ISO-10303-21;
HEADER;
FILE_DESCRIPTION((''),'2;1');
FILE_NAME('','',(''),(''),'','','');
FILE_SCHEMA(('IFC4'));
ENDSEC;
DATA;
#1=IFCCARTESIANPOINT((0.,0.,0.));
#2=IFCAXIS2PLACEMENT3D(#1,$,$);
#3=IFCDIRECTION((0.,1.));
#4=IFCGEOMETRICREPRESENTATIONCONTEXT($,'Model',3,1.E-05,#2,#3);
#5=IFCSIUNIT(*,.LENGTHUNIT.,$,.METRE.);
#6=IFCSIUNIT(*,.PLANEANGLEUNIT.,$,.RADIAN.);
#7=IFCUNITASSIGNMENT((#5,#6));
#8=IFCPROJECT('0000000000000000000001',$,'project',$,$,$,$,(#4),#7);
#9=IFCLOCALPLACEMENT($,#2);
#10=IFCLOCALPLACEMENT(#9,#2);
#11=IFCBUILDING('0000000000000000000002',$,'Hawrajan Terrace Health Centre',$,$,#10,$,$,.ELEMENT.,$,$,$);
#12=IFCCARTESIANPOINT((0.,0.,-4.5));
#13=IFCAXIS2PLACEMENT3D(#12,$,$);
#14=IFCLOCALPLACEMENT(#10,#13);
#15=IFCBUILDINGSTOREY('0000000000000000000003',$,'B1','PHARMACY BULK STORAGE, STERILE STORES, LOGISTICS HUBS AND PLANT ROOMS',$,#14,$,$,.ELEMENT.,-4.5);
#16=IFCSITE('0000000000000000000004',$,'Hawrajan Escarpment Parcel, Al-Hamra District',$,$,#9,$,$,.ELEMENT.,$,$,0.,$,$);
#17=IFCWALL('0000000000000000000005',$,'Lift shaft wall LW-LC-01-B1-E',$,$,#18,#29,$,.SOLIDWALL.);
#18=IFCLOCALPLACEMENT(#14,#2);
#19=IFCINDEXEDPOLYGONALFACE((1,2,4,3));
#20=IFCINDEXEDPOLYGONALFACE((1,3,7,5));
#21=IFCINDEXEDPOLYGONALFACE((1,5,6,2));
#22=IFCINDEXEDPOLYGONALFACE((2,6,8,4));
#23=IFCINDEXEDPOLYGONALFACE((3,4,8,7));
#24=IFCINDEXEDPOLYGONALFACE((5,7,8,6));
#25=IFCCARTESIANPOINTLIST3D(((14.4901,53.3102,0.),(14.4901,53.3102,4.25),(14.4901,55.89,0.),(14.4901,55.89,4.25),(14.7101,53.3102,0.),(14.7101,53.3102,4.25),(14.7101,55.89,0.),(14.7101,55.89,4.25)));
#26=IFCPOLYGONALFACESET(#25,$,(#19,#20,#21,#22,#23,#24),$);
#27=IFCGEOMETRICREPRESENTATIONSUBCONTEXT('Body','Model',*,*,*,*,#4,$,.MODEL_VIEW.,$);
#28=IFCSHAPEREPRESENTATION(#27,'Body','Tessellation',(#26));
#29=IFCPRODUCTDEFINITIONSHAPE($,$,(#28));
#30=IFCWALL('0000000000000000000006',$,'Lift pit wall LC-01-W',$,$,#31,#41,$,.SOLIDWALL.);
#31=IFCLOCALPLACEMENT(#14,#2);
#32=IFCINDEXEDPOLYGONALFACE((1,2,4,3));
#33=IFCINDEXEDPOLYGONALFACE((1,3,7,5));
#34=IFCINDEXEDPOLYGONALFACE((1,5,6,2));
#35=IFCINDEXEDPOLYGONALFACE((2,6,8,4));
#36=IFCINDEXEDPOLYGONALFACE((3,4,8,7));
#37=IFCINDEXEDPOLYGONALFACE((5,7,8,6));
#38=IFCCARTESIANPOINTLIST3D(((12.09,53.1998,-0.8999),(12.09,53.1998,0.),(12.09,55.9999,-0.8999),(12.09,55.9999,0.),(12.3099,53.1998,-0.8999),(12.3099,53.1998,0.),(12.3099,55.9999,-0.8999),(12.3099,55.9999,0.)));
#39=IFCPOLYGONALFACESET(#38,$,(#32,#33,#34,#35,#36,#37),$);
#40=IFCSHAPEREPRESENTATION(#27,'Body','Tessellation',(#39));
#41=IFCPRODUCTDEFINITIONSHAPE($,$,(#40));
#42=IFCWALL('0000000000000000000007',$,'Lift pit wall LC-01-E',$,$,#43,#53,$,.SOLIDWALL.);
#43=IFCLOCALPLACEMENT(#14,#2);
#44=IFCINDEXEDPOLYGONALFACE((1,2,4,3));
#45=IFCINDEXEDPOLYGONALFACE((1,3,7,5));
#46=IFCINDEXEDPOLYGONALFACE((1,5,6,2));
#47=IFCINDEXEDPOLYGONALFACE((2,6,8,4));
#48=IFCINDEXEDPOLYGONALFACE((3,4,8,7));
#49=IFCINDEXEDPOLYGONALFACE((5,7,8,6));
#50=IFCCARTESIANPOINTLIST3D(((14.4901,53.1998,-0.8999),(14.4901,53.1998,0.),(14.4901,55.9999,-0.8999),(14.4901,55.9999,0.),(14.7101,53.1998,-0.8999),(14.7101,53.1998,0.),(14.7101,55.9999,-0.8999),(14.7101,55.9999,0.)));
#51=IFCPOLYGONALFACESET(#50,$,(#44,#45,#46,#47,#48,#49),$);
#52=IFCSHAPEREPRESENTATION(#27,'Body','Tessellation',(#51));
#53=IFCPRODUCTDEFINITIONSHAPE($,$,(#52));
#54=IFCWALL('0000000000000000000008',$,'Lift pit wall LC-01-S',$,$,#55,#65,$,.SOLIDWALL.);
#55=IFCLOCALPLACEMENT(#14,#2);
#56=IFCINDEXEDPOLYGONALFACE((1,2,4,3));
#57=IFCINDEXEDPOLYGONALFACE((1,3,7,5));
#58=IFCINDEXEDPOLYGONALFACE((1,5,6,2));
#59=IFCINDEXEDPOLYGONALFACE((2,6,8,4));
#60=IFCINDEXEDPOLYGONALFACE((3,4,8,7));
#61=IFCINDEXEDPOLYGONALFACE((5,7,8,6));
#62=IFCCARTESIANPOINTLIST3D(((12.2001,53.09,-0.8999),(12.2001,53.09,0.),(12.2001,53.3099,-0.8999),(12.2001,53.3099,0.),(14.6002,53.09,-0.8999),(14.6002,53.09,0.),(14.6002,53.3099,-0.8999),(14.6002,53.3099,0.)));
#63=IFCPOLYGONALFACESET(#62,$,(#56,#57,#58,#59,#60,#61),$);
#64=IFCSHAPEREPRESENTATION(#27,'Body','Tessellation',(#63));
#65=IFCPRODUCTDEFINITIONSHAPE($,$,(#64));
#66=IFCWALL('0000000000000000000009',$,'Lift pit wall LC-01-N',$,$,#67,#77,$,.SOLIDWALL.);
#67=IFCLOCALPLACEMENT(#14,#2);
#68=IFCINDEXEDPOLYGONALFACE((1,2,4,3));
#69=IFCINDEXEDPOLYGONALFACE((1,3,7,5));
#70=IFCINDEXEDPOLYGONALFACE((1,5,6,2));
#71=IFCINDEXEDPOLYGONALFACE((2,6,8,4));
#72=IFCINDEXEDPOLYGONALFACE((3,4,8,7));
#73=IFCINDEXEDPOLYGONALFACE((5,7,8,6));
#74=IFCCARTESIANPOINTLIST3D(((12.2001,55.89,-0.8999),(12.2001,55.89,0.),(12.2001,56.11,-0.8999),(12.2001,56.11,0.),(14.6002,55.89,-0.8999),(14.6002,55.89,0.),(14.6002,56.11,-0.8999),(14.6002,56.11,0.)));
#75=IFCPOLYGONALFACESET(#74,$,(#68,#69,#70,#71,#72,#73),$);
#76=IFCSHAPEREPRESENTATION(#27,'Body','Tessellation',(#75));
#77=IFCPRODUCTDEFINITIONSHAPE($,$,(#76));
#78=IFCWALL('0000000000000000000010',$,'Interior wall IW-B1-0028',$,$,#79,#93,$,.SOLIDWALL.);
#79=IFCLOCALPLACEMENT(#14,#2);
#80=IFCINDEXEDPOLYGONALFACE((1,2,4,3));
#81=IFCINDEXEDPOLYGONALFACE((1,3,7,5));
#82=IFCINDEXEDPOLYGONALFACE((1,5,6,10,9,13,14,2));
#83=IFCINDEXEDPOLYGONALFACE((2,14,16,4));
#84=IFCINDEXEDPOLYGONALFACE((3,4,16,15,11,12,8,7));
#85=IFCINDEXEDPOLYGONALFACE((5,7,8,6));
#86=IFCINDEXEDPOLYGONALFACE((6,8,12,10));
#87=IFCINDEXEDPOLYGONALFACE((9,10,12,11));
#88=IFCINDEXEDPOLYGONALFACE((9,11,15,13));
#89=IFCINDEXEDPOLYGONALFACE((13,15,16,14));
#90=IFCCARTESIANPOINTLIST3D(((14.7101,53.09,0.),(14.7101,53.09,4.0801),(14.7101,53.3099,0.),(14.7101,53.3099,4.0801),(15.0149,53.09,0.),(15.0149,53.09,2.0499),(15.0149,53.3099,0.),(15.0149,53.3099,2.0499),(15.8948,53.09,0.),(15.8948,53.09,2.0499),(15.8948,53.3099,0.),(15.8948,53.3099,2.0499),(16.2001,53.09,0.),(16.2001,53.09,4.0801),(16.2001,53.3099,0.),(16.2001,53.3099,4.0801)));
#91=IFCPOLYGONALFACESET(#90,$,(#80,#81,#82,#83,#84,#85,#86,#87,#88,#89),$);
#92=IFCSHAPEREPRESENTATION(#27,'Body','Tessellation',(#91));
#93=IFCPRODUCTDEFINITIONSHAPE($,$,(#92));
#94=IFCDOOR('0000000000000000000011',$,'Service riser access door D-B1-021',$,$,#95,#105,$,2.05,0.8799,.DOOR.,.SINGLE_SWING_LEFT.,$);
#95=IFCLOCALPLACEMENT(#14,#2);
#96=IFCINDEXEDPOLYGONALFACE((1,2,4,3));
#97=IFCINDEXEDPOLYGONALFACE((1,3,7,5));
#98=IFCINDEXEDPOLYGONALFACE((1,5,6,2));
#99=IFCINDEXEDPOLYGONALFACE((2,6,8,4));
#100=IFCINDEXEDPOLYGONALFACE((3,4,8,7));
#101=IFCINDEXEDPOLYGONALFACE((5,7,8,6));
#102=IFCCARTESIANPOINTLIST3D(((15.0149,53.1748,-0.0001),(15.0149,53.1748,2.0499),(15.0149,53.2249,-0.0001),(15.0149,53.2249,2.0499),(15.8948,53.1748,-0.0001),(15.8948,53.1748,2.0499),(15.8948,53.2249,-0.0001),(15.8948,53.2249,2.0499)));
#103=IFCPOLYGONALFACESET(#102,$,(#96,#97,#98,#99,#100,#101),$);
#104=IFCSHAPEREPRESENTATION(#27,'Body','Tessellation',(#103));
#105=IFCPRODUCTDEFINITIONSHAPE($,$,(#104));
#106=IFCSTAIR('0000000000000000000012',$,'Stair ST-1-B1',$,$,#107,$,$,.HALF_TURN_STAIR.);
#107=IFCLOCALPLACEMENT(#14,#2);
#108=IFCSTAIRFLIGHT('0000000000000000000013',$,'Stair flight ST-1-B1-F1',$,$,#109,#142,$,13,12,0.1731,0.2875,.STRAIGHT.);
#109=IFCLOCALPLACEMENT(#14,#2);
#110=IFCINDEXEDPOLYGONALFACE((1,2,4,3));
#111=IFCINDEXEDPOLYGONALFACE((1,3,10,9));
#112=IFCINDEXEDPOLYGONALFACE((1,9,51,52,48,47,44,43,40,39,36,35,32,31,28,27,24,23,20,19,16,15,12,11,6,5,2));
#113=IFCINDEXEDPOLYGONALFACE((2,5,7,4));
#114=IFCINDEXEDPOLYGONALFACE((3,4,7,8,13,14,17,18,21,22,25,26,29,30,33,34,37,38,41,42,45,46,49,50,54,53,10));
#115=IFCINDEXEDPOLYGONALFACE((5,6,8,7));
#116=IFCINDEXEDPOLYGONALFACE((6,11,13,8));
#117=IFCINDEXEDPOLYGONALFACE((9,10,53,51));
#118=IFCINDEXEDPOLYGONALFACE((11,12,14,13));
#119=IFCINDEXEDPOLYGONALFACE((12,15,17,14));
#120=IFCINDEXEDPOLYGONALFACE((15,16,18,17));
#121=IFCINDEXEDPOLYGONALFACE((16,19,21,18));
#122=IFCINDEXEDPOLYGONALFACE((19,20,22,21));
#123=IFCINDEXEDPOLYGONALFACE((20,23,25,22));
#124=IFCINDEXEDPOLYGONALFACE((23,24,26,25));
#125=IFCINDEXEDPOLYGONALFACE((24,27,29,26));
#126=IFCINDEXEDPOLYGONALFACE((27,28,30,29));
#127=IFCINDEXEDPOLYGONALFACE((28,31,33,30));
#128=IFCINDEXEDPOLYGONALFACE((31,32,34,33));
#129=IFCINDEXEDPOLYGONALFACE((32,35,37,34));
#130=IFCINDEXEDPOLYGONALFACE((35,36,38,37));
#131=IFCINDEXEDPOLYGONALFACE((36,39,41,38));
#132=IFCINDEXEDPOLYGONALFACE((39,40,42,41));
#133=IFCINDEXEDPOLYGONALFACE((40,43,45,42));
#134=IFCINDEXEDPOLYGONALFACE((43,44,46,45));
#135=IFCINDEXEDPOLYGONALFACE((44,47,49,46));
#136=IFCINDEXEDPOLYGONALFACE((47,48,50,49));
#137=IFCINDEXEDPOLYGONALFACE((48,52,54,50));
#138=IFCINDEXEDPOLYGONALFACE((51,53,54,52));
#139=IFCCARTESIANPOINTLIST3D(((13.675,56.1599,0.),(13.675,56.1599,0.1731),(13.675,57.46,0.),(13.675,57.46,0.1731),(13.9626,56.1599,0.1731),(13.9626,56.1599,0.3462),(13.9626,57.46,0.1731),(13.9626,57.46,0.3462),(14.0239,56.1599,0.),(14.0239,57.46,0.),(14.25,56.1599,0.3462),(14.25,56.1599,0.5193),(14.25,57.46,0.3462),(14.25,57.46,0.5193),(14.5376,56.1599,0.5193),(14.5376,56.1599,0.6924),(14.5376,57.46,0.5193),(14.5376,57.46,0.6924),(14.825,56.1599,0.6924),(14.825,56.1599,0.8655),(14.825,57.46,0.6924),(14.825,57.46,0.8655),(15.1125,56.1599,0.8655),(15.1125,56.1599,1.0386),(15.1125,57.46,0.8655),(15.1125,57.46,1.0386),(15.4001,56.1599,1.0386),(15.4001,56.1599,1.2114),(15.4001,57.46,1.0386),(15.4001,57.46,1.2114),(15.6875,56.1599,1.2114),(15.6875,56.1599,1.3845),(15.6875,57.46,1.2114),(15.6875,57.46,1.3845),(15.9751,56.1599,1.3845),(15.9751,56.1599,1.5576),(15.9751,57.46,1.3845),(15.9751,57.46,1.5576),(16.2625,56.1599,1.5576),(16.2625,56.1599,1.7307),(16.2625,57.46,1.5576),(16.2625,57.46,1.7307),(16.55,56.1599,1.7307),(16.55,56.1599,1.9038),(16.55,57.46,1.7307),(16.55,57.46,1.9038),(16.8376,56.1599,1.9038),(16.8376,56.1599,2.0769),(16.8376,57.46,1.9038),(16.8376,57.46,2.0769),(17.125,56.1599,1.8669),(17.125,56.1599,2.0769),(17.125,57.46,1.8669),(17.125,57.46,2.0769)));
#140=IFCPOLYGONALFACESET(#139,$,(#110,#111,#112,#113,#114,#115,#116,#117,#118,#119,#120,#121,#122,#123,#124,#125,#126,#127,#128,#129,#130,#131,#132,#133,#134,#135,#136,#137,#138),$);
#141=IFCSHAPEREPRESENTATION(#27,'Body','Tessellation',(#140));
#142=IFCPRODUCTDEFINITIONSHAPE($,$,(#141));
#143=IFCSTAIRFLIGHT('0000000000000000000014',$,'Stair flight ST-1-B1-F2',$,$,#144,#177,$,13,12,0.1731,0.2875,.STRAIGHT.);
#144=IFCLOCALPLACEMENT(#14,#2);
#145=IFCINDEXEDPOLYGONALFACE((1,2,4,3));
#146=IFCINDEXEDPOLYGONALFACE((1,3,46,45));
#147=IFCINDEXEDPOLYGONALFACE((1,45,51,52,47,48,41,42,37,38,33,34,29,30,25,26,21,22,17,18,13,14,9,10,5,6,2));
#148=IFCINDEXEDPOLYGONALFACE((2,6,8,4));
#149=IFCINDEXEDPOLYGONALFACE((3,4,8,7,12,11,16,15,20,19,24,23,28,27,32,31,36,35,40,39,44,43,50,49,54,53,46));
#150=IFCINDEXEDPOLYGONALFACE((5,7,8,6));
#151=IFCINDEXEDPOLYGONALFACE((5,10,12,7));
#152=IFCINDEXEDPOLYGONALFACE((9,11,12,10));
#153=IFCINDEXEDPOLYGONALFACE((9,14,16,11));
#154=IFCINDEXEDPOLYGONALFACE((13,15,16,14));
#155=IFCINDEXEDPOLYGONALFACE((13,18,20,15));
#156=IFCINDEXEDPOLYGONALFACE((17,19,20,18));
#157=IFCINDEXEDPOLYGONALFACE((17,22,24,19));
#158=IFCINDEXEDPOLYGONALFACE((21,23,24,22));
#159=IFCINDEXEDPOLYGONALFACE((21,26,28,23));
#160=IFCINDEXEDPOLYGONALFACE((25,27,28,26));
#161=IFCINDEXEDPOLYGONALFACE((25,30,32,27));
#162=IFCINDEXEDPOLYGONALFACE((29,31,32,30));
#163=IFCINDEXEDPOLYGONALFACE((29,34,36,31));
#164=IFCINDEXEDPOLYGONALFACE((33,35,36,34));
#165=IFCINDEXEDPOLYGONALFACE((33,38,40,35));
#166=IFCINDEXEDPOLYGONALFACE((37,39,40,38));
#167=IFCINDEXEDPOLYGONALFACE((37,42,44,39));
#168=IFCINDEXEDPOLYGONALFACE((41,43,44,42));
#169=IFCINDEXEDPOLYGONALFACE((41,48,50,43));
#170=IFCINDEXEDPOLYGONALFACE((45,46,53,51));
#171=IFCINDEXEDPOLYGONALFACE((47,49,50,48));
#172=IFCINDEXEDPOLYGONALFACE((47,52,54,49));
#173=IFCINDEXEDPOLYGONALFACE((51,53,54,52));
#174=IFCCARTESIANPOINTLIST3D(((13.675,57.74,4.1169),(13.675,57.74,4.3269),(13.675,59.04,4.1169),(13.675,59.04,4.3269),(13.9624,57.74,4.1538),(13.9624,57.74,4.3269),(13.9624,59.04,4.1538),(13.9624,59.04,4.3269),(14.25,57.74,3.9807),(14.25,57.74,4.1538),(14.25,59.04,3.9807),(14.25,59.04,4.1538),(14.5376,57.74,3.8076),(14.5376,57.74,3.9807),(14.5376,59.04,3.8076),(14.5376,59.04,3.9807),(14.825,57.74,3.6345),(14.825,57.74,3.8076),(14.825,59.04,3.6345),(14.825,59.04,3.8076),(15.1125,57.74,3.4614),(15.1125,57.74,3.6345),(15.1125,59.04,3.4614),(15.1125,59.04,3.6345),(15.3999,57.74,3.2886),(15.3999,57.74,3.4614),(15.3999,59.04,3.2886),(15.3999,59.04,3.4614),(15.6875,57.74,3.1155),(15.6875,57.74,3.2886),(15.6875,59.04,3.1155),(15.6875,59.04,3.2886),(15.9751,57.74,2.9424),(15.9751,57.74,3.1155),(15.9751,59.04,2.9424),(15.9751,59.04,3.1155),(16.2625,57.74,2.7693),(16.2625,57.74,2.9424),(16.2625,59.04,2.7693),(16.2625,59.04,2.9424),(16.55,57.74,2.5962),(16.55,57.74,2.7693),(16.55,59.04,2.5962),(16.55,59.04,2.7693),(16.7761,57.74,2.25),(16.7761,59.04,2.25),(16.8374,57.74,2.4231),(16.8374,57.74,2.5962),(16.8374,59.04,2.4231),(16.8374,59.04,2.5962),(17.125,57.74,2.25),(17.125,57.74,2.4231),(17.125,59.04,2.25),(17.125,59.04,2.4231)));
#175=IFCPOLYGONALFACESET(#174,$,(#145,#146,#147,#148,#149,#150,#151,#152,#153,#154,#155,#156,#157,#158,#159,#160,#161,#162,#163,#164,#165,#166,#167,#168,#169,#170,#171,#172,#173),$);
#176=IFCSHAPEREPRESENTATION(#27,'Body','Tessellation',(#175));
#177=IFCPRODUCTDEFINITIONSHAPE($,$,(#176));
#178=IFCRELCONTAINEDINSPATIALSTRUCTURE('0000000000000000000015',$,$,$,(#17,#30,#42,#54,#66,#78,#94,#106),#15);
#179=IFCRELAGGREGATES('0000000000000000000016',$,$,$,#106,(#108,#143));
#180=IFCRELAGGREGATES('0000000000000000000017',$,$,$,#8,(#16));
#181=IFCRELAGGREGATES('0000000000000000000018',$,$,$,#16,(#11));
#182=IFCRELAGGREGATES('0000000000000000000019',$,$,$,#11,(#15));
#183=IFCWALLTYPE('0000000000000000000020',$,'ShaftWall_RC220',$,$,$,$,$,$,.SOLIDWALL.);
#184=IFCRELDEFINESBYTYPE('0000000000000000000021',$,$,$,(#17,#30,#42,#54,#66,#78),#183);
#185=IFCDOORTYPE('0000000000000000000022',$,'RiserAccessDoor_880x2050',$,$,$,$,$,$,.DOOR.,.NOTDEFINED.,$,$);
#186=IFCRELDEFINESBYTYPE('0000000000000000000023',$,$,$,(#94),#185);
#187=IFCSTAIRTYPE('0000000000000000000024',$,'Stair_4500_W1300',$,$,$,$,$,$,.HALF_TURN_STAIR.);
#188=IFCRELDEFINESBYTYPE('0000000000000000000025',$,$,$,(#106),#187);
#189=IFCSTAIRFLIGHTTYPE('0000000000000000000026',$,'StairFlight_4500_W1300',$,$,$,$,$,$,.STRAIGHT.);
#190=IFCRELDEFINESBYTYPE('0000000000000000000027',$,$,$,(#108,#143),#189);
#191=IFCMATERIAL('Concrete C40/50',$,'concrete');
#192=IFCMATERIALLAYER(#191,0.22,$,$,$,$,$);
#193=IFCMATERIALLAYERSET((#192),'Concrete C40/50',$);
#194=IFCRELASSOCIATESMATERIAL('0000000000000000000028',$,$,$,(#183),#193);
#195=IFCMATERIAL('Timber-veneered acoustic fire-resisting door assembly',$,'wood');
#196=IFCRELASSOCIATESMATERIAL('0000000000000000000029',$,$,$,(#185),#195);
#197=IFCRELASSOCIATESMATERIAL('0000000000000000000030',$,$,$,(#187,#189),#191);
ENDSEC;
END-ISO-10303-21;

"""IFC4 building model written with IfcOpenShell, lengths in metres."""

from ifc_helpers import new_model, si_unit, direction, frame, frame_2d, origin, place, context, subcontext, project, spatial, polyline, rectangle, outline, extrude, material, layer, layer_set, type_object, element, fill, aggregate, save


model = new_model("IFC4")

# Units and contexts
model_context = context("Model", 3, precision=1e-05, world=origin(), true_north=direction((0.0, 1.0)))
body_context = subcontext(model_context, "Body", "Model", "MODEL_VIEW")
ifc_project = project(units=[si_unit("LENGTHUNIT", "METRE"), si_unit("PLANEANGLEUNIT", "RADIAN")], contexts=[model_context])

# Site, building, storey
site_placement = place(None, origin())
site = spatial("IfcSite", under=ifc_project, at=site_placement, Name="Hawrajan Escarpment Parcel, Al-Hamra District", CompositionType="ELEMENT", RefElevation=0.0)
building_placement = place(site_placement, origin())
building = spatial("IfcBuilding", under=site, at=building_placement, Name="Hawrajan Terrace Health Centre", CompositionType="ELEMENT")
storey_placement = place(building_placement, frame((0.0, 0.0, -4.5)))
storey = spatial("IfcBuildingStorey", under=building, at=storey_placement, Name="B1", Description="PHARMACY BULK STORAGE, STERILE STORES, LOGISTICS HUBS AND PLANT ROOMS", CompositionType="ELEMENT", Elevation=-4.5)

# Shared definitions
ifc_material_1 = material(Name="Concrete C40/50", Category="concrete")

# Shared definitions
ifc_material_2 = material(Name="Timber-veneered acoustic fire-resisting door assembly", Category="wood")

# Shared definitions
ifc_layer_1 = layer(ifc_material_1, 0.22)
ifc_layer_set_1 = layer_set([ifc_layer_1], Name="Concrete C40/50")
wall_type_1 = type_object("IfcWallType", Name="ShaftWall_RC220", PredefinedType="SOLIDWALL", material=ifc_layer_set_1)

# Walls
wall_1_placement = place(storey_placement, frame((14.6001, 53.3101, 0.0), z_axis=(0.0, 0.0, 1.0), x_axis=(0.0, 1.0, 0.0)))
element("IfcWall", 1, at=wall_1_placement, inside=storey, type_object=wall_type_1, Name="Lift shaft wall LW-LC-01-B1-E", PredefinedType="SOLIDWALL", context=body_context, shape_type="SweptSolid", body=[
    extrude(rectangle(XDim=2.5798, YDim=0.22, at=frame_2d((1.29, 0.0))), origin(), (0.0, 0.0, 1.0), 4.25),
])
for number, where, z_axis, x_axis, name in (
    (2, (12.2, 53.2, -0.8999), (0.0, 0.0, 1.0), (0.0, 1.0, 0.0), "Lift pit wall LC-01-W"),
    (3, (14.6001, 53.2, -0.8999), (0.0, 0.0, 1.0), (0.0, 1.0, 0.0), "Lift pit wall LC-01-E"),
):
    element("IfcWall", number, at=place(storey_placement, frame(where, z_axis=z_axis, x_axis=x_axis)), inside=storey, type_object=wall_type_1, Name=name, PredefinedType="SOLIDWALL", context=body_context, shape_type="SweptSolid", body=[
        extrude(rectangle(XDim=2.8, YDim=0.22, at=frame_2d((1.3999, 0.0))), origin(), (0.0, 0.0, 1.0), 0.8999),
    ])
for number, where, z_axis, x_axis, name in (
    (4, (12.2, 53.2, -0.8999), (0.0, 0.0, 1.0), (1.0, 0.0, 0.0), "Lift pit wall LC-01-S"),
    (5, (12.2, 56.0, -0.8999), (0.0, 0.0, 1.0), (1.0, 0.0, 0.0), "Lift pit wall LC-01-N"),
):
    element("IfcWall", number, at=place(storey_placement, frame(where, z_axis=z_axis, x_axis=x_axis)), inside=storey, type_object=wall_type_1, Name=name, PredefinedType="SOLIDWALL", context=body_context, shape_type="SweptSolid", body=[
        extrude(rectangle(XDim=2.4001, YDim=0.22, at=frame_2d((1.2002, 0.0))), origin(), (0.0, 0.0, 1.0), 0.8999),
    ])

# Wall, opening, door
wall_2_placement = place(storey_placement, frame((14.71, 53.2, 0.0), z_axis=(0.0, 0.0, 1.0), x_axis=(1.0, 0.0, 0.0)))
wall_2 = element("IfcWall", 6, at=wall_2_placement, inside=storey, type_object=wall_type_1, Name="Interior wall IW-B1-0028", PredefinedType="SOLIDWALL", context=body_context, shape_type="SweptSolid", body=[
    extrude(rectangle(XDim=1.49, YDim=0.22, at=frame_2d((0.7451, 0.0))), origin(), (0.0, 0.0, 1.0), 4.0801),
])
opening_1_placement = place(wall_2_placement, frame((0.3049, 0.0, 0.0)))
opening_1 = element("IfcOpeningElement", 7, at=opening_1_placement, cuts=wall_2, PredefinedType="OPENING", context=body_context, shape_type="SweptSolid", body=[
    extrude(rectangle(XDim=0.8799, YDim=2.05, at=frame_2d((0.4399, 1.0249))), frame((0.0, 0.1199, 0.0), z_axis=(0.0, -1.0, 0.0), x_axis=(1.0, 0.0, 0.0)), (0.0, 0.0, 1.0), 0.24),
])
door_type_1 = type_object("IfcDoorType", Name="RiserAccessDoor_880x2050", OperationType="NOTDEFINED", PredefinedType="DOOR", material=ifc_material_2)
door_1_placement = place(opening_1_placement, origin())
door_1 = element("IfcDoor", 8, at=door_1_placement, inside=storey, type_object=door_type_1, Name="Service riser access door D-B1-021", OperationType="SINGLE_SWING_LEFT", OverallHeight=2.05, OverallWidth=0.8799, PredefinedType="DOOR", context=body_context, shape_type="SweptSolid", body=[
    extrude(rectangle(XDim=0.8799, YDim=2.05, at=frame_2d((0.4399, 1.0249))), frame((0.0, 0.0249, 0.0), z_axis=(0.0, -1.0, 0.0), x_axis=(1.0, 0.0, 0.0)), (0.0, 0.0, 1.0), 0.05),
])
fill(opening_1, door_1)

# Stair, stair flights
stair_type = type_object("IfcStairType", Name="Stair_4500_W1300", PredefinedType="HALF_TURN_STAIR", material=ifc_material_1)
stair_placement = place(storey_placement, origin())
stair = element("IfcStair", 9, at=stair_placement, inside=storey, type_object=stair_type, Name="Stair ST-1-B1", PredefinedType="HALF_TURN_STAIR")
stair_flight_type = type_object("IfcStairFlightType", Name="StairFlight_4500_W1300", PredefinedType="STRAIGHT", material=ifc_material_1)
stair_flight_1_placement = place(storey_placement, frame((13.675, 56.8101, 0.0), z_axis=(0.0, 0.0, 1.0), x_axis=(1.0, 0.0, 0.0)))
stair_flight_1 = element("IfcStairFlight", 10, at=stair_flight_1_placement, type_object=stair_flight_type, Name="Stair flight ST-1-B1-F1", NumberOfRisers=13, NumberOfTreads=12, PredefinedType="STRAIGHT", RiserHeight=0.1731, TreadLength=0.2875, context=body_context, shape_type="SweptSolid", body=[
    extrude(outline(polyline([(0.0, 0.0), (0.0, 0.1731), (0.2876, 0.1731), (0.2876, 0.3462), (0.575, 0.3462), (0.575, 0.5193), (0.8625, 0.5193), (0.8625, 0.6924), (1.1499, 0.6924), (1.1499, 0.8655), (1.4375, 0.8655), (1.4375, 1.0386), (1.7251, 1.0386), (1.7251, 1.2114), (2.0125, 1.2114), (2.0125, 1.3845), (2.3, 1.3845), (2.3, 1.5576), (2.5874, 1.5576), (2.5874, 1.7307), (2.875, 1.7307), (2.875, 1.9038), (3.1626, 1.9038), (3.1626, 2.0769), (3.45, 2.0769), (3.45, 2.25), (3.45, 1.8669), (0.3489, 0.0), (0.0, 0.0)])), frame((0.0, 0.6499, 0.0), z_axis=(0.0, -1.0, 0.0), x_axis=(1.0, 0.0, 0.0)), (0.0, 0.0, 1.0), 1.3),
])
stair_flight_2_placement = place(storey_placement, frame((17.125, 58.3899, 2.25), z_axis=(0.0, 0.0, 1.0), x_axis=(-1.0, 0.0, 0.0)))
stair_flight_2 = element("IfcStairFlight", 11, at=stair_flight_2_placement, type_object=stair_flight_type, Name="Stair flight ST-1-B1-F2", NumberOfRisers=13, NumberOfTreads=12, PredefinedType="STRAIGHT", RiserHeight=0.1731, TreadLength=0.2875, context=body_context, shape_type="SweptSolid", body=[
    extrude(outline(polyline([(0.0, 0.0), (0.0, 0.1731), (0.2876, 0.1731), (0.2876, 0.3462), (0.575, 0.3462), (0.575, 0.5193), (0.8625, 0.5193), (0.8625, 0.6924), (1.1499, 0.6924), (1.1499, 0.8655), (1.4375, 0.8655), (1.4375, 1.0386), (1.7251, 1.0386), (1.7251, 1.2114), (2.0125, 1.2114), (2.0125, 1.3845), (2.3, 1.3845), (2.3, 1.5576), (2.5874, 1.5576), (2.5874, 1.7307), (2.875, 1.7307), (2.875, 1.9038), (3.1626, 1.9038), (3.1626, 2.0769), (3.45, 2.0769), (3.45, 2.25), (3.45, 1.8669), (0.3489, 0.0), (0.0, 0.0)])), frame((0.0, 0.6499, 0.0), z_axis=(0.0, -1.0, 0.0), x_axis=(1.0, 0.0, 0.0)), (0.0, 0.0, 1.0), 1.3),
])
aggregate(stair, [stair_flight_1, stair_flight_2])

save(model, "model.ifc")
